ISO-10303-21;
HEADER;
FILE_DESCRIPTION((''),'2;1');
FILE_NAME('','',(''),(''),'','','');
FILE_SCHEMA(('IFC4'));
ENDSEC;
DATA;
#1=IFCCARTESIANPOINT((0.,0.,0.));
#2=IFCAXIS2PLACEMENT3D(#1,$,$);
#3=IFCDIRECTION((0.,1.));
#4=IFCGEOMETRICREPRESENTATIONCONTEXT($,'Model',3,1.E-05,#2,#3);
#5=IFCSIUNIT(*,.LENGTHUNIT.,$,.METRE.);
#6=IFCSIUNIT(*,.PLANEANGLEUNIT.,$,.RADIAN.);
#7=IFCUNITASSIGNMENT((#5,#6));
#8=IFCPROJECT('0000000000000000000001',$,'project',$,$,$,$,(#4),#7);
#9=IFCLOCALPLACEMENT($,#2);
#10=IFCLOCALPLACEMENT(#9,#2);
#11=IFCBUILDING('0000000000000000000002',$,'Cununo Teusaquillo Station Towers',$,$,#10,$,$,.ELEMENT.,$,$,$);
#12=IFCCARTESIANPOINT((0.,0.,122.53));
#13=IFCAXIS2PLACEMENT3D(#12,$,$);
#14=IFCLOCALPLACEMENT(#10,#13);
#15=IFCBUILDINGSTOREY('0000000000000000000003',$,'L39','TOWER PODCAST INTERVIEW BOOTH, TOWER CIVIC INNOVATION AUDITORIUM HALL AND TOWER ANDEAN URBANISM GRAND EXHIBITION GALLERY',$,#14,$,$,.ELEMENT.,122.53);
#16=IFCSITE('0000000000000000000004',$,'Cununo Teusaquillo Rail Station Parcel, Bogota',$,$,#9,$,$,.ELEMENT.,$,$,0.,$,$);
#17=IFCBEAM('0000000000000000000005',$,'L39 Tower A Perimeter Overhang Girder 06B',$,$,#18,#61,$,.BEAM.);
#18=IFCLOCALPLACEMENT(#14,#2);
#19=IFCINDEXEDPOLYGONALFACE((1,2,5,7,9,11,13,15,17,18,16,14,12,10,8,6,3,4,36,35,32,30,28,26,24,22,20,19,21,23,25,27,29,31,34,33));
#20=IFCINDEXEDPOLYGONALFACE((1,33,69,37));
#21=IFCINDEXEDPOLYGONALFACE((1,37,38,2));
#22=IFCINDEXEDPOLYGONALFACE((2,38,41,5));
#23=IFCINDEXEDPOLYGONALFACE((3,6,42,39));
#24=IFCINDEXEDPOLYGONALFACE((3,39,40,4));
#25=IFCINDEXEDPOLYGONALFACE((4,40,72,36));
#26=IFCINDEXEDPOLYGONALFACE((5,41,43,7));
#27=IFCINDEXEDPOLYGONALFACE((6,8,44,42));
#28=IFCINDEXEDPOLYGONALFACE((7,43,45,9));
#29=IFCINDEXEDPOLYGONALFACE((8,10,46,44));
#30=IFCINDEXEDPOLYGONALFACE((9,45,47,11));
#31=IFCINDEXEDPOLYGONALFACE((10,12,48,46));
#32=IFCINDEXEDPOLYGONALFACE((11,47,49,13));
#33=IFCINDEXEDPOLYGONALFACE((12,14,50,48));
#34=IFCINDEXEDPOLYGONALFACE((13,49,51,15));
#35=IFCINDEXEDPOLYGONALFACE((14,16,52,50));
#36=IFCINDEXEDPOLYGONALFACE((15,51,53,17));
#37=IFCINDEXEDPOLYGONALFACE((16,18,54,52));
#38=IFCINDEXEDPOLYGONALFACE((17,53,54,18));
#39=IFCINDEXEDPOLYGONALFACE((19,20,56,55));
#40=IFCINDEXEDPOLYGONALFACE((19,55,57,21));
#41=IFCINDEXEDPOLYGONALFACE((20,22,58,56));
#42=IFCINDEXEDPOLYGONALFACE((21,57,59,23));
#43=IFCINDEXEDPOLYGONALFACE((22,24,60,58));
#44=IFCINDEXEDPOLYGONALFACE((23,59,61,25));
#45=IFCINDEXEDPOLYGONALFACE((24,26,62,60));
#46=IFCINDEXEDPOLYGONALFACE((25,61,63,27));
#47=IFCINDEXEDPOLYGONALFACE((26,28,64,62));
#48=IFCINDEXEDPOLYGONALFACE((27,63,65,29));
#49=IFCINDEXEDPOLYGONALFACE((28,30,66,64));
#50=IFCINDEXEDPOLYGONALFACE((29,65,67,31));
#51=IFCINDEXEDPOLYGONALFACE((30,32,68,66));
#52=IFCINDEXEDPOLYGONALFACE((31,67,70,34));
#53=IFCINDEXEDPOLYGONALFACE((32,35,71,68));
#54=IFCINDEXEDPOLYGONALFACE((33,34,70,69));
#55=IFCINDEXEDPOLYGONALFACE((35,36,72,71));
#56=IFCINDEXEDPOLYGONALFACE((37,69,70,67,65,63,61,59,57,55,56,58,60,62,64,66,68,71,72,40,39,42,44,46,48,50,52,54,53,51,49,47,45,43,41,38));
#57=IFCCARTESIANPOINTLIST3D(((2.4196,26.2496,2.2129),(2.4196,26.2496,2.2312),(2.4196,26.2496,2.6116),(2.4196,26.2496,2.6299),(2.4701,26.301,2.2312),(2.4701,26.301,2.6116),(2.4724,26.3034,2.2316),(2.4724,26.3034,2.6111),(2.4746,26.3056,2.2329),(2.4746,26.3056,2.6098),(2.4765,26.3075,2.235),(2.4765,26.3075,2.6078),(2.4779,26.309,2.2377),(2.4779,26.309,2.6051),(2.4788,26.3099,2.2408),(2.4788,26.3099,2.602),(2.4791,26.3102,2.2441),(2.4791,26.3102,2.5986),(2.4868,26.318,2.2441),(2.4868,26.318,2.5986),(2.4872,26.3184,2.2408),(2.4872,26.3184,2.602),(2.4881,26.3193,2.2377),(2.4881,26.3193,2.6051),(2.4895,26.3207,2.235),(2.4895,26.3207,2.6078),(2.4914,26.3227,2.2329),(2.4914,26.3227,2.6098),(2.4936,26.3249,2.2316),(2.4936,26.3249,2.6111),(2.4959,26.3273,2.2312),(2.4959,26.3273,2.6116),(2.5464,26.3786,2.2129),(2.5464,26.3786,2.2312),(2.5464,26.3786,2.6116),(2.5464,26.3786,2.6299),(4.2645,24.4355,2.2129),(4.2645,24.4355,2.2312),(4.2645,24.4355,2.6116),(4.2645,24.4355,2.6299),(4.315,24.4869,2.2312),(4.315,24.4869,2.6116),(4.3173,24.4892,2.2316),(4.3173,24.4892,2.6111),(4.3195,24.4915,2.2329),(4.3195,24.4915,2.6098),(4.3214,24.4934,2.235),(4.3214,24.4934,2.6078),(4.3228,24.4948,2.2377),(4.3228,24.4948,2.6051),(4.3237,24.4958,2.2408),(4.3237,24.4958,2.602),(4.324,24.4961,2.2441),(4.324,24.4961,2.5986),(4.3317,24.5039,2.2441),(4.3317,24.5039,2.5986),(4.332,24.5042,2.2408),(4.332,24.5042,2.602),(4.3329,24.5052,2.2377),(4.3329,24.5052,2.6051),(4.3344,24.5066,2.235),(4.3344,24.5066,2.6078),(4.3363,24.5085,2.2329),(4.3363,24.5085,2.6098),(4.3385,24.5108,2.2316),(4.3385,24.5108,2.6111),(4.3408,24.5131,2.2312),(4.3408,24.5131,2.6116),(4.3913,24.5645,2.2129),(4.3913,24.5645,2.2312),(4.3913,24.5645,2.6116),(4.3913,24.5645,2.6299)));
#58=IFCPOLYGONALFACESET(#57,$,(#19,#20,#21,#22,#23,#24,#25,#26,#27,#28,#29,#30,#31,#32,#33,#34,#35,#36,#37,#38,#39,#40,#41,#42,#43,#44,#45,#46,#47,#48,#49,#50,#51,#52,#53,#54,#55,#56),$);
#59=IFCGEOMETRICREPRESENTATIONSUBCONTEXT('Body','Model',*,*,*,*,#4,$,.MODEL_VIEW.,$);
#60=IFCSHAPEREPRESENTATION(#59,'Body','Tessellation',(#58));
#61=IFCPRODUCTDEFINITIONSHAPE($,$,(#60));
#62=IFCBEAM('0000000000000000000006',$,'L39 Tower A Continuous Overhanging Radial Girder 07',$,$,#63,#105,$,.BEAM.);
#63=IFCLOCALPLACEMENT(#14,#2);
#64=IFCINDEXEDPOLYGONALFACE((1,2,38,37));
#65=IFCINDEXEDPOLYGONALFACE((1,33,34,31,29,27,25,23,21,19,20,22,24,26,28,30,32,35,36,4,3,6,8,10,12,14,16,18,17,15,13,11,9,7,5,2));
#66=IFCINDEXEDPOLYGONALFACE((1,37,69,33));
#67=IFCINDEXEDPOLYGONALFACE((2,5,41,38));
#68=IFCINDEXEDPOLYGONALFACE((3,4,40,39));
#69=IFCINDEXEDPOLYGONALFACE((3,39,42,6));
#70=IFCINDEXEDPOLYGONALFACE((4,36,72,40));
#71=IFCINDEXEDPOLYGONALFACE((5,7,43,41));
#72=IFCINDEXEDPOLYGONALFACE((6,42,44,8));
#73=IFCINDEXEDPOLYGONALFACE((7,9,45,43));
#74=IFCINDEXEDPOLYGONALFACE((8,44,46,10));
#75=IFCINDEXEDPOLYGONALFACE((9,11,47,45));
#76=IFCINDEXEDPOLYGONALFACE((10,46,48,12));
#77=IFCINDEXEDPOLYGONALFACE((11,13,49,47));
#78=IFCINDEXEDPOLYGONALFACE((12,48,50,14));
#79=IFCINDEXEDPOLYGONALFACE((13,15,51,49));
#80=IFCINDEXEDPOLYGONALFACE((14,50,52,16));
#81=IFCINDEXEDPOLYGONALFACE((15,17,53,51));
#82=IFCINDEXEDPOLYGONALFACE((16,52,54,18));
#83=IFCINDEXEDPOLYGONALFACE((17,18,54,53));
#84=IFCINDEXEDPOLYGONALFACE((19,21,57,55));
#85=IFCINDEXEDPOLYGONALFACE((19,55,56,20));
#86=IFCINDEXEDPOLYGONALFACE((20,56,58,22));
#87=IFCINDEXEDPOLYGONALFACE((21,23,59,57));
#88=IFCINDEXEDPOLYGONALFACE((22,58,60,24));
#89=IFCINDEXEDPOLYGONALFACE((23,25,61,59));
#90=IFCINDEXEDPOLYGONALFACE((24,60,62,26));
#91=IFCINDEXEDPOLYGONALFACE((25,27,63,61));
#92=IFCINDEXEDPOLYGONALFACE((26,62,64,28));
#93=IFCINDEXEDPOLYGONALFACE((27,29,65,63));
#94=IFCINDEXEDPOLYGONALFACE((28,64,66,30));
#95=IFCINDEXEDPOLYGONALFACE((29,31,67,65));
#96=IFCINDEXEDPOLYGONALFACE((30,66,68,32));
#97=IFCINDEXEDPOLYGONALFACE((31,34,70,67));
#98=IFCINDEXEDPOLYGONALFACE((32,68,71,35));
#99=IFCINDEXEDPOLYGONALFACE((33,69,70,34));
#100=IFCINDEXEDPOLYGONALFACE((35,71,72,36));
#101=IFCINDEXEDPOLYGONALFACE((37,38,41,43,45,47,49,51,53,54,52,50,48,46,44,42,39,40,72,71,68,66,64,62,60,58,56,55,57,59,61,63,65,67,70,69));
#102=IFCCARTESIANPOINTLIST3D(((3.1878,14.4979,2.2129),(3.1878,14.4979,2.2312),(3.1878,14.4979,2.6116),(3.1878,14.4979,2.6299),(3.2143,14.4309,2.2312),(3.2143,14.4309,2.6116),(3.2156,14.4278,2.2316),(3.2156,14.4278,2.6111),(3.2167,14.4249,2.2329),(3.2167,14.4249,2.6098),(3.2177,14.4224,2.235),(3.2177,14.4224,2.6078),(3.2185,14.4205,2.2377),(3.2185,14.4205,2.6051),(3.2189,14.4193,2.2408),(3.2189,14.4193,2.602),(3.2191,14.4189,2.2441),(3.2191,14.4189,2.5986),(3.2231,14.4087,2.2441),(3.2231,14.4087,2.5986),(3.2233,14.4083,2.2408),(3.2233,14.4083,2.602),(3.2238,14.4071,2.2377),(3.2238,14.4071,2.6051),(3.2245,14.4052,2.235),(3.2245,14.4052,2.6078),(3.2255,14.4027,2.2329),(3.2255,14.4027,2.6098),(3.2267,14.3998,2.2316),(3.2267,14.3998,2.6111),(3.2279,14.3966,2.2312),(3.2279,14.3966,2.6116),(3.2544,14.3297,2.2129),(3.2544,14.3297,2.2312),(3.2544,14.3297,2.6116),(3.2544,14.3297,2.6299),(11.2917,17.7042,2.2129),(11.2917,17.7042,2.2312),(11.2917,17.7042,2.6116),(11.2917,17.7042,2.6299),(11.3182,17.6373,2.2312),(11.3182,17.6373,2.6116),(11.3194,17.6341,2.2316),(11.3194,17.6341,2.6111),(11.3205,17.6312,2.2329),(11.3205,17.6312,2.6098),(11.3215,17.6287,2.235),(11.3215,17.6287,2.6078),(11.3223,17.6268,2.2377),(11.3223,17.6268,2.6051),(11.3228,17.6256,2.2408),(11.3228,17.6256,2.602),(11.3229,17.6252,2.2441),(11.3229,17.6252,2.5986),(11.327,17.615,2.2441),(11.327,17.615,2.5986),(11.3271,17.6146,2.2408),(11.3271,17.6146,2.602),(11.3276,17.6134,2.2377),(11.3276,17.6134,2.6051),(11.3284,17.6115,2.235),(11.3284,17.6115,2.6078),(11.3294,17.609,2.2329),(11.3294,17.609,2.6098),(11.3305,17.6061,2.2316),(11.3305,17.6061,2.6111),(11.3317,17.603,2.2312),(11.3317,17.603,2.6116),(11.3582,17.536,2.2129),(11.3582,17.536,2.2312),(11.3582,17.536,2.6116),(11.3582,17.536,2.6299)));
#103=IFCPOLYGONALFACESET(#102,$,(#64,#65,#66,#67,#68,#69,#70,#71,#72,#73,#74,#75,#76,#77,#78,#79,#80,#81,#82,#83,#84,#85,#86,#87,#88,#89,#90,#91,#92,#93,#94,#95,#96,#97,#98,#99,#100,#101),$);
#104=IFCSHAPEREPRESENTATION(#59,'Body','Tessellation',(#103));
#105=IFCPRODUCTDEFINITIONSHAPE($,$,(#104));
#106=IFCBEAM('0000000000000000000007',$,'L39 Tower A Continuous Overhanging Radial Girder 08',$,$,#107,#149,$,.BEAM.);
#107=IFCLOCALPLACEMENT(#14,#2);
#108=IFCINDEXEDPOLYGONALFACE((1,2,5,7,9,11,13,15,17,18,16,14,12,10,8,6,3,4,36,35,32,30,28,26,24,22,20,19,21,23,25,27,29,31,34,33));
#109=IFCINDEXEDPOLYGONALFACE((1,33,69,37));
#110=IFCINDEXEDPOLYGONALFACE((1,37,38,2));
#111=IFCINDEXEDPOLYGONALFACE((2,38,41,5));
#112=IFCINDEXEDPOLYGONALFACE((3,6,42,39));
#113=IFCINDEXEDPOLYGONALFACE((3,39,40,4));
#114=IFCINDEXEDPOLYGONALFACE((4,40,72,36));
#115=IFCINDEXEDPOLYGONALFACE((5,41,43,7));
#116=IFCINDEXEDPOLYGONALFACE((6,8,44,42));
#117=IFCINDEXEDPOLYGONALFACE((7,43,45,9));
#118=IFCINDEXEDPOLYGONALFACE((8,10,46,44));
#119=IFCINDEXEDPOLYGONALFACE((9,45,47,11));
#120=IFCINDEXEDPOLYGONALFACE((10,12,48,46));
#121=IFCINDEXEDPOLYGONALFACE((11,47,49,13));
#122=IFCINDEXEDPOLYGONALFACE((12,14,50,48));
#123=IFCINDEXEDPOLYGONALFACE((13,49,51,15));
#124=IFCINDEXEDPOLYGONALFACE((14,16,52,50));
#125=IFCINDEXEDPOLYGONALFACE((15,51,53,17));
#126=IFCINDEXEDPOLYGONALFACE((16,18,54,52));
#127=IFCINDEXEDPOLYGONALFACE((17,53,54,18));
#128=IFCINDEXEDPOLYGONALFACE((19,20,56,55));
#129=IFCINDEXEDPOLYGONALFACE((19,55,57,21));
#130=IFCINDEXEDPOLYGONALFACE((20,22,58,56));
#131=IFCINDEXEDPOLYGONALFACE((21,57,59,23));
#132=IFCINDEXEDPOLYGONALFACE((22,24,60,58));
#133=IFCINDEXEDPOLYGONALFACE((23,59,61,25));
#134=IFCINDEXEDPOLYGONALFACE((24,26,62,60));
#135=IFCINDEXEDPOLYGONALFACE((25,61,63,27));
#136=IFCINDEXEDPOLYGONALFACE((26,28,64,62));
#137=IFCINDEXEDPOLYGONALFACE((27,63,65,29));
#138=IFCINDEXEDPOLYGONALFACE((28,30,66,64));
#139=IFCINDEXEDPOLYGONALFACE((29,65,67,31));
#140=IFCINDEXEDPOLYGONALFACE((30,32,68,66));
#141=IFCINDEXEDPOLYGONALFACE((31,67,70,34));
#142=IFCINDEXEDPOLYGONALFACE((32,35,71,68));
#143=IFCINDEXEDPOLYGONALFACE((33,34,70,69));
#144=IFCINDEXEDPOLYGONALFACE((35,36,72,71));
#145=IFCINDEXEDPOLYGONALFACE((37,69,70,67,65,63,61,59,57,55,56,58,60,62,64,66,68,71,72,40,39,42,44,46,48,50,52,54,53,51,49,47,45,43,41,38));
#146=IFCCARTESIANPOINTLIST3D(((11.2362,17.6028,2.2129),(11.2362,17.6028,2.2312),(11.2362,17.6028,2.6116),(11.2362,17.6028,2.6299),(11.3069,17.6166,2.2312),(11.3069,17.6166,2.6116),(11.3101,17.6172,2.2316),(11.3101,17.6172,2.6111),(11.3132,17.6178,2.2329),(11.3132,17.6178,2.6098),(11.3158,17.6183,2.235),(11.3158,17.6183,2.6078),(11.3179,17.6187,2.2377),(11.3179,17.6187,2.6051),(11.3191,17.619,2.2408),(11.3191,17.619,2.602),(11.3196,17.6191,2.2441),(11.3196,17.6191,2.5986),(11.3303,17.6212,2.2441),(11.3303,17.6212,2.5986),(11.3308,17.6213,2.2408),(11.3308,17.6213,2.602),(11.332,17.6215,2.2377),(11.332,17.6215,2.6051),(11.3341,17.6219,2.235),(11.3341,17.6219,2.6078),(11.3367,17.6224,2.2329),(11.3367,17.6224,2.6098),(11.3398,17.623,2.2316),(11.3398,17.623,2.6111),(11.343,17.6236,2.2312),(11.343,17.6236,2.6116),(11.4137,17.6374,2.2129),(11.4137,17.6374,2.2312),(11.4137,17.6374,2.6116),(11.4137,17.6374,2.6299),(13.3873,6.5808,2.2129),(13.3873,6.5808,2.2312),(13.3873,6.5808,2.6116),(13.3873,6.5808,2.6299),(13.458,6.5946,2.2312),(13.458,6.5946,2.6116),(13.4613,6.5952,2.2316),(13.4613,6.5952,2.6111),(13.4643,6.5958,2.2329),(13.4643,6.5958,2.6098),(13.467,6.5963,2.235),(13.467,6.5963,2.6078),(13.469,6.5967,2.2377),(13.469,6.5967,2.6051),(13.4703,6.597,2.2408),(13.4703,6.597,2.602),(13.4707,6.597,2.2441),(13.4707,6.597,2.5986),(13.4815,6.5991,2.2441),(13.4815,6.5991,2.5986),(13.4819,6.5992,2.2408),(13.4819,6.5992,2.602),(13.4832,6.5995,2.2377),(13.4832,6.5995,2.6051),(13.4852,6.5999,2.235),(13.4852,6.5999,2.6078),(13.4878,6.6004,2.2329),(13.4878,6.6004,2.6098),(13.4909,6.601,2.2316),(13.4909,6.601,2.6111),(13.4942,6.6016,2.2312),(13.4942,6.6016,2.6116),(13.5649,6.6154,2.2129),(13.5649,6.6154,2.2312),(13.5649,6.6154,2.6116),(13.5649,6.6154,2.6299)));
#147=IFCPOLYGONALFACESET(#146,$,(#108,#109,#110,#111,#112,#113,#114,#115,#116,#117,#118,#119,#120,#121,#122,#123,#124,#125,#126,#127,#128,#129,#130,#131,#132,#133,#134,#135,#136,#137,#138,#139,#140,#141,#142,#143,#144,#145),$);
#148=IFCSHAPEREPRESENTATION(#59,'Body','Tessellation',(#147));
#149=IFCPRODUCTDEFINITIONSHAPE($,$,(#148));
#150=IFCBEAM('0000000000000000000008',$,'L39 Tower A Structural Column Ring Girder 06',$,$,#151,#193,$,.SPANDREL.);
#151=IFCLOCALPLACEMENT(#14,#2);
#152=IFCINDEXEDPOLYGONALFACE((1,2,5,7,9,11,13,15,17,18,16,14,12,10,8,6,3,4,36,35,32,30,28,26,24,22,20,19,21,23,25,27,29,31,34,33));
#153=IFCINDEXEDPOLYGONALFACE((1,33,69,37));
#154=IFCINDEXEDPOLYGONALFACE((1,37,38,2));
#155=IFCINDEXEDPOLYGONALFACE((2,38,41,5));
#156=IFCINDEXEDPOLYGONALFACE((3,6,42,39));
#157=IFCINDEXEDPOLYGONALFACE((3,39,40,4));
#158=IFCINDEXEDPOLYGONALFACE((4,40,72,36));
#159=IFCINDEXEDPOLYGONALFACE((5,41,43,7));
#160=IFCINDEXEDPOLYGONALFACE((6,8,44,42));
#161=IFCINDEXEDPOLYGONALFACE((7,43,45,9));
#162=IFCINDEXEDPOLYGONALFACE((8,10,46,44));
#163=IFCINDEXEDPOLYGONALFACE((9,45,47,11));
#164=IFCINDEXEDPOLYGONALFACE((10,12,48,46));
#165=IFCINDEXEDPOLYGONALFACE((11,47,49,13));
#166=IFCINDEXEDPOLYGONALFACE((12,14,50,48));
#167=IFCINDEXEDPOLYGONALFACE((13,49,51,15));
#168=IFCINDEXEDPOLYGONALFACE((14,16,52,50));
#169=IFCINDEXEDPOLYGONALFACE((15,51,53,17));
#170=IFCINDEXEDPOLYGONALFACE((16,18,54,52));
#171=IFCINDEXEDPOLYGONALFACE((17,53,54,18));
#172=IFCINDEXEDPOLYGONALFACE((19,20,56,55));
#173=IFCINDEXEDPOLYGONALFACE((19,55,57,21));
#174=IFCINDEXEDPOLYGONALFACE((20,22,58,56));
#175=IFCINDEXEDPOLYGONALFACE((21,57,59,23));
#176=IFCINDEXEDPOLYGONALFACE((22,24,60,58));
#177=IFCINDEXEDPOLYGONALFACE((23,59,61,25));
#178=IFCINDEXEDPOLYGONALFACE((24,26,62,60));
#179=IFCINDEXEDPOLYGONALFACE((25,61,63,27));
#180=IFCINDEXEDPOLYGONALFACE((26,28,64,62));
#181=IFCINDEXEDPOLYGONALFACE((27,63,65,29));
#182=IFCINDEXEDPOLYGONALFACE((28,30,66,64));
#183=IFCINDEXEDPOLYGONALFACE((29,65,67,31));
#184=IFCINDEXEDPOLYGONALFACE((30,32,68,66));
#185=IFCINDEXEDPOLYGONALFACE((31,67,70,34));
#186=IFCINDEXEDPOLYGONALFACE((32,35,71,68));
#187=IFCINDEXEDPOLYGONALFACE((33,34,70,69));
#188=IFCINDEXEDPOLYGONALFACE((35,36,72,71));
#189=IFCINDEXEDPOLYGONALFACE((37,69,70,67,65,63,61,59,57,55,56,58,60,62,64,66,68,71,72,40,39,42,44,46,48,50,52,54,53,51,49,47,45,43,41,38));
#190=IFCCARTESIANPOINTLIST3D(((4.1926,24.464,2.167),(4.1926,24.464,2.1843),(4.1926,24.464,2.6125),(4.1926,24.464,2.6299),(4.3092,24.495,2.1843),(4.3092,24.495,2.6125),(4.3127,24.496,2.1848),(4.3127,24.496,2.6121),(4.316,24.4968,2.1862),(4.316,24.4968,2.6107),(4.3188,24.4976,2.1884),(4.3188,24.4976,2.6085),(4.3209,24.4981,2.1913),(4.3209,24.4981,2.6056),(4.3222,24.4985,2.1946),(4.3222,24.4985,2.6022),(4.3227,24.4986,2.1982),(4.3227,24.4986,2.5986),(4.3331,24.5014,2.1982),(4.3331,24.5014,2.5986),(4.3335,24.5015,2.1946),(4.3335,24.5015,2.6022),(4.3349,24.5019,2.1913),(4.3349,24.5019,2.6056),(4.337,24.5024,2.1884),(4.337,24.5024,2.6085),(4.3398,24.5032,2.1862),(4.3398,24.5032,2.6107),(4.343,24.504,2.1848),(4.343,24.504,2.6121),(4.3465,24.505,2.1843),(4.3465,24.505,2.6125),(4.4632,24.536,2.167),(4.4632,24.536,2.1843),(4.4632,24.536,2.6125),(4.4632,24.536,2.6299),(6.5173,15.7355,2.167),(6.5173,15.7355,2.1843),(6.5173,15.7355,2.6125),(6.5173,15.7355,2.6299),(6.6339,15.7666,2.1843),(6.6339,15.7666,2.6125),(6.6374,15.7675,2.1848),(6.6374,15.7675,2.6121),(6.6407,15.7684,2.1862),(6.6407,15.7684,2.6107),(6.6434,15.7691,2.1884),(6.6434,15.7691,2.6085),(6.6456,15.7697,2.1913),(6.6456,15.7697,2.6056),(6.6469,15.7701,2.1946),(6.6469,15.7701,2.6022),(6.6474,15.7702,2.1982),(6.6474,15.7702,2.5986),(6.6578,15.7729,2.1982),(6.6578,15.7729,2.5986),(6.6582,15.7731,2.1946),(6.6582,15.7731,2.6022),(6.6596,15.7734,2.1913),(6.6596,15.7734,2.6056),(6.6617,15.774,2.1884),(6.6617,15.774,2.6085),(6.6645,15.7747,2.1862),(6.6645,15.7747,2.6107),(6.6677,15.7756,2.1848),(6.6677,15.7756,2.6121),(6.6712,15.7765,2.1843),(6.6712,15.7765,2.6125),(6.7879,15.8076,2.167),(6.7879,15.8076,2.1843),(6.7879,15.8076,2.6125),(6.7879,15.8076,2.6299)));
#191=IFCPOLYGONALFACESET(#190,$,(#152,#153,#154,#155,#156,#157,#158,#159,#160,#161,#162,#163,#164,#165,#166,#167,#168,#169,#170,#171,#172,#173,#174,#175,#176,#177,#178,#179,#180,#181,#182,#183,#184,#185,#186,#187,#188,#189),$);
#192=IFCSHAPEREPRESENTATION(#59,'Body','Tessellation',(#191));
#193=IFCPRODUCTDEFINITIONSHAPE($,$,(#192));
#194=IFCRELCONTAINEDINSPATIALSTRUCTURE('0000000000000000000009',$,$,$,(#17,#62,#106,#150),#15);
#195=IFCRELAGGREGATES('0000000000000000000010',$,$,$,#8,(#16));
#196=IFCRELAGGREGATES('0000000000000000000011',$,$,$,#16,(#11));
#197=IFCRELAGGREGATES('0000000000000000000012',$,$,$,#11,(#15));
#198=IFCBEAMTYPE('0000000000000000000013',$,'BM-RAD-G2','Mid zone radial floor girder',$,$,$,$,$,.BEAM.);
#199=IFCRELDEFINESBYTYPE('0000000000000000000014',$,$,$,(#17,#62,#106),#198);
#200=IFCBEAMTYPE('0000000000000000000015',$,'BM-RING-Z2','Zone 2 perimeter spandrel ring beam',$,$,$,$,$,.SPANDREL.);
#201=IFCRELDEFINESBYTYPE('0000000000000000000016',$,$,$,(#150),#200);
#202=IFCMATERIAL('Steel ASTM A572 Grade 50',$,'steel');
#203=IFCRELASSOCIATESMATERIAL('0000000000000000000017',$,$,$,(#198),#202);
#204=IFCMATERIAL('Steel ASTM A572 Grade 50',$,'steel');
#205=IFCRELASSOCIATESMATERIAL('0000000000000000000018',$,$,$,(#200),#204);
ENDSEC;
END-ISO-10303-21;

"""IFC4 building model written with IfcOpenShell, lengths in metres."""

from ifc_helpers import new_model, si_unit, direction, frame, origin, origin_2d, place, context, subcontext, project, spatial, i_section, extrude, material, material_profile, profile_set, type_object, element, save


model = new_model("IFC4")

# Units and contexts
model_context = context("Model", 3, precision=1e-05, world=origin(), true_north=direction((0.0, 1.0)))
body_context = subcontext(model_context, "Body", "Model", "MODEL_VIEW")
ifc_project = project(units=[si_unit("LENGTHUNIT", "METRE"), si_unit("PLANEANGLEUNIT", "RADIAN")], contexts=[model_context])

# Site, building, storey
site_placement = place(None, origin())
site = spatial("IfcSite", under=ifc_project, at=site_placement, Name="Cununo Teusaquillo Rail Station Parcel, Bogota", CompositionType="ELEMENT", RefElevation=0.0)
building_placement = place(site_placement, origin())
building = spatial("IfcBuilding", under=site, at=building_placement, Name="Cununo Teusaquillo Station Towers", CompositionType="ELEMENT")
storey_placement = place(building_placement, frame((0.0, 0.0, 122.53)))
storey = spatial("IfcBuildingStorey", under=building, at=storey_placement, Name="L39", Description="TOWER PODCAST INTERVIEW BOOTH, TOWER CIVIC INNOVATION AUDITORIUM HALL AND TOWER ANDEAN URBANISM GRAND EXHIBITION GALLERY", CompositionType="ELEMENT", Elevation=122.53)

# Beams
ifc_material_1 = material(Name="Steel ASTM A572 Grade 50", Category="steel")
ifc_material_profile_1 = material_profile(ifc_material_1, i_section(OverallWidth=0.1809, OverallDepth=0.417, WebThickness=0.011, FlangeThickness=0.0183, FilletRadius=0.0129, at=origin_2d()), Name="W16X57")
ifc_profile_set_1 = profile_set([ifc_material_profile_1], Name="Steel ASTM A572 Grade 50")
beam_type_1 = type_object("IfcBeamType", Name="BM-RAD-G2", Description="Mid zone radial floor girder", PredefinedType="BEAM", material=ifc_profile_set_1)
beam_1_placement = place(storey_placement, frame((4.3279, 24.5, 2.4214), z_axis=(-0.713026, 0.701138, 0.0), x_axis=(-0.701138, -0.713026, 0.0)))
element("IfcBeam", 1, at=beam_1_placement, inside=storey, type_object=beam_type_1, Name="L39 Tower A Perimeter Overhang Girder 06B", PredefinedType="BEAM", context=body_context, shape_type="SweptSolid", body=[
    extrude(i_section(OverallWidth=0.1809, OverallDepth=0.417, WebThickness=0.011, FlangeThickness=0.0183, FilletRadius=0.0129, at=origin_2d()), origin(), (0.0, 0.0, 1.0), 2.5874),
])
beam_2_placement = place(storey_placement, frame((11.325, 17.6201, 2.4214), z_axis=(-0.929863, -0.367906, 0.0), x_axis=(0.367906, -0.929863, 0.0)))
element("IfcBeam", 2, at=beam_2_placement, inside=storey, type_object=beam_type_1, Name="L39 Tower A Continuous Overhanging Radial Girder 07", PredefinedType="BEAM", context=body_context, shape_type="SweptSolid", body=[
    extrude(i_section(OverallWidth=0.1809, OverallDepth=0.417, WebThickness=0.011, FlangeThickness=0.0183, FilletRadius=0.0129, at=origin_2d()), origin(), (0.0, 0.0, 1.0), 8.7151),
])
beam_3_placement = place(storey_placement, frame((11.325, 17.6201, 2.4214), z_axis=(0.191553, -0.981482, 0.0), x_axis=(0.981482, 0.191553, 0.0)))
element("IfcBeam", 3, at=beam_3_placement, inside=storey, type_object=beam_type_1, Name="L39 Tower A Continuous Overhanging Radial Girder 08", PredefinedType="BEAM", context=body_context, shape_type="SweptSolid", body=[
    extrude(i_section(OverallWidth=0.1809, OverallDepth=0.417, WebThickness=0.011, FlangeThickness=0.0183, FilletRadius=0.0129, at=origin_2d()), origin(), (0.0, 0.0, 1.0), 11.23),
])
ifc_material_2 = material(Name="Steel ASTM A572 Grade 50", Category="steel")
ifc_material_profile_2 = material_profile(ifc_material_2, i_section(OverallWidth=0.28, OverallDepth=0.4629, WebThickness=0.0107, FlangeThickness=0.0173, FilletRadius=0.0139, at=origin_2d()), Name="W18X76")
ifc_profile_set_2 = profile_set([ifc_material_profile_2], Name="Steel ASTM A572 Grade 50")
beam_type_2 = type_object("IfcBeamType", Name="BM-RING-Z2", Description="Zone 2 perimeter spandrel ring beam", PredefinedType="SPANDREL", material=ifc_profile_set_2)
beam_4_placement = place(storey_placement, frame((4.3279, 24.5, 2.3984), z_axis=(0.257363, -0.966315, 0.0), x_axis=(0.966315, 0.257363, 0.0)))
element("IfcBeam", 4, at=beam_4_placement, inside=storey, type_object=beam_type_2, Name="L39 Tower A Structural Column Ring Girder 06", PredefinedType="SPANDREL", context=body_context, shape_type="SweptSolid", body=[
    extrude(i_section(OverallWidth=0.28, OverallDepth=0.4629, WebThickness=0.0107, FlangeThickness=0.0173, FilletRadius=0.0139, at=origin_2d()), origin(), (0.0, 0.0, 1.0), 9.0327),
])

save(model, "model.ifc")
